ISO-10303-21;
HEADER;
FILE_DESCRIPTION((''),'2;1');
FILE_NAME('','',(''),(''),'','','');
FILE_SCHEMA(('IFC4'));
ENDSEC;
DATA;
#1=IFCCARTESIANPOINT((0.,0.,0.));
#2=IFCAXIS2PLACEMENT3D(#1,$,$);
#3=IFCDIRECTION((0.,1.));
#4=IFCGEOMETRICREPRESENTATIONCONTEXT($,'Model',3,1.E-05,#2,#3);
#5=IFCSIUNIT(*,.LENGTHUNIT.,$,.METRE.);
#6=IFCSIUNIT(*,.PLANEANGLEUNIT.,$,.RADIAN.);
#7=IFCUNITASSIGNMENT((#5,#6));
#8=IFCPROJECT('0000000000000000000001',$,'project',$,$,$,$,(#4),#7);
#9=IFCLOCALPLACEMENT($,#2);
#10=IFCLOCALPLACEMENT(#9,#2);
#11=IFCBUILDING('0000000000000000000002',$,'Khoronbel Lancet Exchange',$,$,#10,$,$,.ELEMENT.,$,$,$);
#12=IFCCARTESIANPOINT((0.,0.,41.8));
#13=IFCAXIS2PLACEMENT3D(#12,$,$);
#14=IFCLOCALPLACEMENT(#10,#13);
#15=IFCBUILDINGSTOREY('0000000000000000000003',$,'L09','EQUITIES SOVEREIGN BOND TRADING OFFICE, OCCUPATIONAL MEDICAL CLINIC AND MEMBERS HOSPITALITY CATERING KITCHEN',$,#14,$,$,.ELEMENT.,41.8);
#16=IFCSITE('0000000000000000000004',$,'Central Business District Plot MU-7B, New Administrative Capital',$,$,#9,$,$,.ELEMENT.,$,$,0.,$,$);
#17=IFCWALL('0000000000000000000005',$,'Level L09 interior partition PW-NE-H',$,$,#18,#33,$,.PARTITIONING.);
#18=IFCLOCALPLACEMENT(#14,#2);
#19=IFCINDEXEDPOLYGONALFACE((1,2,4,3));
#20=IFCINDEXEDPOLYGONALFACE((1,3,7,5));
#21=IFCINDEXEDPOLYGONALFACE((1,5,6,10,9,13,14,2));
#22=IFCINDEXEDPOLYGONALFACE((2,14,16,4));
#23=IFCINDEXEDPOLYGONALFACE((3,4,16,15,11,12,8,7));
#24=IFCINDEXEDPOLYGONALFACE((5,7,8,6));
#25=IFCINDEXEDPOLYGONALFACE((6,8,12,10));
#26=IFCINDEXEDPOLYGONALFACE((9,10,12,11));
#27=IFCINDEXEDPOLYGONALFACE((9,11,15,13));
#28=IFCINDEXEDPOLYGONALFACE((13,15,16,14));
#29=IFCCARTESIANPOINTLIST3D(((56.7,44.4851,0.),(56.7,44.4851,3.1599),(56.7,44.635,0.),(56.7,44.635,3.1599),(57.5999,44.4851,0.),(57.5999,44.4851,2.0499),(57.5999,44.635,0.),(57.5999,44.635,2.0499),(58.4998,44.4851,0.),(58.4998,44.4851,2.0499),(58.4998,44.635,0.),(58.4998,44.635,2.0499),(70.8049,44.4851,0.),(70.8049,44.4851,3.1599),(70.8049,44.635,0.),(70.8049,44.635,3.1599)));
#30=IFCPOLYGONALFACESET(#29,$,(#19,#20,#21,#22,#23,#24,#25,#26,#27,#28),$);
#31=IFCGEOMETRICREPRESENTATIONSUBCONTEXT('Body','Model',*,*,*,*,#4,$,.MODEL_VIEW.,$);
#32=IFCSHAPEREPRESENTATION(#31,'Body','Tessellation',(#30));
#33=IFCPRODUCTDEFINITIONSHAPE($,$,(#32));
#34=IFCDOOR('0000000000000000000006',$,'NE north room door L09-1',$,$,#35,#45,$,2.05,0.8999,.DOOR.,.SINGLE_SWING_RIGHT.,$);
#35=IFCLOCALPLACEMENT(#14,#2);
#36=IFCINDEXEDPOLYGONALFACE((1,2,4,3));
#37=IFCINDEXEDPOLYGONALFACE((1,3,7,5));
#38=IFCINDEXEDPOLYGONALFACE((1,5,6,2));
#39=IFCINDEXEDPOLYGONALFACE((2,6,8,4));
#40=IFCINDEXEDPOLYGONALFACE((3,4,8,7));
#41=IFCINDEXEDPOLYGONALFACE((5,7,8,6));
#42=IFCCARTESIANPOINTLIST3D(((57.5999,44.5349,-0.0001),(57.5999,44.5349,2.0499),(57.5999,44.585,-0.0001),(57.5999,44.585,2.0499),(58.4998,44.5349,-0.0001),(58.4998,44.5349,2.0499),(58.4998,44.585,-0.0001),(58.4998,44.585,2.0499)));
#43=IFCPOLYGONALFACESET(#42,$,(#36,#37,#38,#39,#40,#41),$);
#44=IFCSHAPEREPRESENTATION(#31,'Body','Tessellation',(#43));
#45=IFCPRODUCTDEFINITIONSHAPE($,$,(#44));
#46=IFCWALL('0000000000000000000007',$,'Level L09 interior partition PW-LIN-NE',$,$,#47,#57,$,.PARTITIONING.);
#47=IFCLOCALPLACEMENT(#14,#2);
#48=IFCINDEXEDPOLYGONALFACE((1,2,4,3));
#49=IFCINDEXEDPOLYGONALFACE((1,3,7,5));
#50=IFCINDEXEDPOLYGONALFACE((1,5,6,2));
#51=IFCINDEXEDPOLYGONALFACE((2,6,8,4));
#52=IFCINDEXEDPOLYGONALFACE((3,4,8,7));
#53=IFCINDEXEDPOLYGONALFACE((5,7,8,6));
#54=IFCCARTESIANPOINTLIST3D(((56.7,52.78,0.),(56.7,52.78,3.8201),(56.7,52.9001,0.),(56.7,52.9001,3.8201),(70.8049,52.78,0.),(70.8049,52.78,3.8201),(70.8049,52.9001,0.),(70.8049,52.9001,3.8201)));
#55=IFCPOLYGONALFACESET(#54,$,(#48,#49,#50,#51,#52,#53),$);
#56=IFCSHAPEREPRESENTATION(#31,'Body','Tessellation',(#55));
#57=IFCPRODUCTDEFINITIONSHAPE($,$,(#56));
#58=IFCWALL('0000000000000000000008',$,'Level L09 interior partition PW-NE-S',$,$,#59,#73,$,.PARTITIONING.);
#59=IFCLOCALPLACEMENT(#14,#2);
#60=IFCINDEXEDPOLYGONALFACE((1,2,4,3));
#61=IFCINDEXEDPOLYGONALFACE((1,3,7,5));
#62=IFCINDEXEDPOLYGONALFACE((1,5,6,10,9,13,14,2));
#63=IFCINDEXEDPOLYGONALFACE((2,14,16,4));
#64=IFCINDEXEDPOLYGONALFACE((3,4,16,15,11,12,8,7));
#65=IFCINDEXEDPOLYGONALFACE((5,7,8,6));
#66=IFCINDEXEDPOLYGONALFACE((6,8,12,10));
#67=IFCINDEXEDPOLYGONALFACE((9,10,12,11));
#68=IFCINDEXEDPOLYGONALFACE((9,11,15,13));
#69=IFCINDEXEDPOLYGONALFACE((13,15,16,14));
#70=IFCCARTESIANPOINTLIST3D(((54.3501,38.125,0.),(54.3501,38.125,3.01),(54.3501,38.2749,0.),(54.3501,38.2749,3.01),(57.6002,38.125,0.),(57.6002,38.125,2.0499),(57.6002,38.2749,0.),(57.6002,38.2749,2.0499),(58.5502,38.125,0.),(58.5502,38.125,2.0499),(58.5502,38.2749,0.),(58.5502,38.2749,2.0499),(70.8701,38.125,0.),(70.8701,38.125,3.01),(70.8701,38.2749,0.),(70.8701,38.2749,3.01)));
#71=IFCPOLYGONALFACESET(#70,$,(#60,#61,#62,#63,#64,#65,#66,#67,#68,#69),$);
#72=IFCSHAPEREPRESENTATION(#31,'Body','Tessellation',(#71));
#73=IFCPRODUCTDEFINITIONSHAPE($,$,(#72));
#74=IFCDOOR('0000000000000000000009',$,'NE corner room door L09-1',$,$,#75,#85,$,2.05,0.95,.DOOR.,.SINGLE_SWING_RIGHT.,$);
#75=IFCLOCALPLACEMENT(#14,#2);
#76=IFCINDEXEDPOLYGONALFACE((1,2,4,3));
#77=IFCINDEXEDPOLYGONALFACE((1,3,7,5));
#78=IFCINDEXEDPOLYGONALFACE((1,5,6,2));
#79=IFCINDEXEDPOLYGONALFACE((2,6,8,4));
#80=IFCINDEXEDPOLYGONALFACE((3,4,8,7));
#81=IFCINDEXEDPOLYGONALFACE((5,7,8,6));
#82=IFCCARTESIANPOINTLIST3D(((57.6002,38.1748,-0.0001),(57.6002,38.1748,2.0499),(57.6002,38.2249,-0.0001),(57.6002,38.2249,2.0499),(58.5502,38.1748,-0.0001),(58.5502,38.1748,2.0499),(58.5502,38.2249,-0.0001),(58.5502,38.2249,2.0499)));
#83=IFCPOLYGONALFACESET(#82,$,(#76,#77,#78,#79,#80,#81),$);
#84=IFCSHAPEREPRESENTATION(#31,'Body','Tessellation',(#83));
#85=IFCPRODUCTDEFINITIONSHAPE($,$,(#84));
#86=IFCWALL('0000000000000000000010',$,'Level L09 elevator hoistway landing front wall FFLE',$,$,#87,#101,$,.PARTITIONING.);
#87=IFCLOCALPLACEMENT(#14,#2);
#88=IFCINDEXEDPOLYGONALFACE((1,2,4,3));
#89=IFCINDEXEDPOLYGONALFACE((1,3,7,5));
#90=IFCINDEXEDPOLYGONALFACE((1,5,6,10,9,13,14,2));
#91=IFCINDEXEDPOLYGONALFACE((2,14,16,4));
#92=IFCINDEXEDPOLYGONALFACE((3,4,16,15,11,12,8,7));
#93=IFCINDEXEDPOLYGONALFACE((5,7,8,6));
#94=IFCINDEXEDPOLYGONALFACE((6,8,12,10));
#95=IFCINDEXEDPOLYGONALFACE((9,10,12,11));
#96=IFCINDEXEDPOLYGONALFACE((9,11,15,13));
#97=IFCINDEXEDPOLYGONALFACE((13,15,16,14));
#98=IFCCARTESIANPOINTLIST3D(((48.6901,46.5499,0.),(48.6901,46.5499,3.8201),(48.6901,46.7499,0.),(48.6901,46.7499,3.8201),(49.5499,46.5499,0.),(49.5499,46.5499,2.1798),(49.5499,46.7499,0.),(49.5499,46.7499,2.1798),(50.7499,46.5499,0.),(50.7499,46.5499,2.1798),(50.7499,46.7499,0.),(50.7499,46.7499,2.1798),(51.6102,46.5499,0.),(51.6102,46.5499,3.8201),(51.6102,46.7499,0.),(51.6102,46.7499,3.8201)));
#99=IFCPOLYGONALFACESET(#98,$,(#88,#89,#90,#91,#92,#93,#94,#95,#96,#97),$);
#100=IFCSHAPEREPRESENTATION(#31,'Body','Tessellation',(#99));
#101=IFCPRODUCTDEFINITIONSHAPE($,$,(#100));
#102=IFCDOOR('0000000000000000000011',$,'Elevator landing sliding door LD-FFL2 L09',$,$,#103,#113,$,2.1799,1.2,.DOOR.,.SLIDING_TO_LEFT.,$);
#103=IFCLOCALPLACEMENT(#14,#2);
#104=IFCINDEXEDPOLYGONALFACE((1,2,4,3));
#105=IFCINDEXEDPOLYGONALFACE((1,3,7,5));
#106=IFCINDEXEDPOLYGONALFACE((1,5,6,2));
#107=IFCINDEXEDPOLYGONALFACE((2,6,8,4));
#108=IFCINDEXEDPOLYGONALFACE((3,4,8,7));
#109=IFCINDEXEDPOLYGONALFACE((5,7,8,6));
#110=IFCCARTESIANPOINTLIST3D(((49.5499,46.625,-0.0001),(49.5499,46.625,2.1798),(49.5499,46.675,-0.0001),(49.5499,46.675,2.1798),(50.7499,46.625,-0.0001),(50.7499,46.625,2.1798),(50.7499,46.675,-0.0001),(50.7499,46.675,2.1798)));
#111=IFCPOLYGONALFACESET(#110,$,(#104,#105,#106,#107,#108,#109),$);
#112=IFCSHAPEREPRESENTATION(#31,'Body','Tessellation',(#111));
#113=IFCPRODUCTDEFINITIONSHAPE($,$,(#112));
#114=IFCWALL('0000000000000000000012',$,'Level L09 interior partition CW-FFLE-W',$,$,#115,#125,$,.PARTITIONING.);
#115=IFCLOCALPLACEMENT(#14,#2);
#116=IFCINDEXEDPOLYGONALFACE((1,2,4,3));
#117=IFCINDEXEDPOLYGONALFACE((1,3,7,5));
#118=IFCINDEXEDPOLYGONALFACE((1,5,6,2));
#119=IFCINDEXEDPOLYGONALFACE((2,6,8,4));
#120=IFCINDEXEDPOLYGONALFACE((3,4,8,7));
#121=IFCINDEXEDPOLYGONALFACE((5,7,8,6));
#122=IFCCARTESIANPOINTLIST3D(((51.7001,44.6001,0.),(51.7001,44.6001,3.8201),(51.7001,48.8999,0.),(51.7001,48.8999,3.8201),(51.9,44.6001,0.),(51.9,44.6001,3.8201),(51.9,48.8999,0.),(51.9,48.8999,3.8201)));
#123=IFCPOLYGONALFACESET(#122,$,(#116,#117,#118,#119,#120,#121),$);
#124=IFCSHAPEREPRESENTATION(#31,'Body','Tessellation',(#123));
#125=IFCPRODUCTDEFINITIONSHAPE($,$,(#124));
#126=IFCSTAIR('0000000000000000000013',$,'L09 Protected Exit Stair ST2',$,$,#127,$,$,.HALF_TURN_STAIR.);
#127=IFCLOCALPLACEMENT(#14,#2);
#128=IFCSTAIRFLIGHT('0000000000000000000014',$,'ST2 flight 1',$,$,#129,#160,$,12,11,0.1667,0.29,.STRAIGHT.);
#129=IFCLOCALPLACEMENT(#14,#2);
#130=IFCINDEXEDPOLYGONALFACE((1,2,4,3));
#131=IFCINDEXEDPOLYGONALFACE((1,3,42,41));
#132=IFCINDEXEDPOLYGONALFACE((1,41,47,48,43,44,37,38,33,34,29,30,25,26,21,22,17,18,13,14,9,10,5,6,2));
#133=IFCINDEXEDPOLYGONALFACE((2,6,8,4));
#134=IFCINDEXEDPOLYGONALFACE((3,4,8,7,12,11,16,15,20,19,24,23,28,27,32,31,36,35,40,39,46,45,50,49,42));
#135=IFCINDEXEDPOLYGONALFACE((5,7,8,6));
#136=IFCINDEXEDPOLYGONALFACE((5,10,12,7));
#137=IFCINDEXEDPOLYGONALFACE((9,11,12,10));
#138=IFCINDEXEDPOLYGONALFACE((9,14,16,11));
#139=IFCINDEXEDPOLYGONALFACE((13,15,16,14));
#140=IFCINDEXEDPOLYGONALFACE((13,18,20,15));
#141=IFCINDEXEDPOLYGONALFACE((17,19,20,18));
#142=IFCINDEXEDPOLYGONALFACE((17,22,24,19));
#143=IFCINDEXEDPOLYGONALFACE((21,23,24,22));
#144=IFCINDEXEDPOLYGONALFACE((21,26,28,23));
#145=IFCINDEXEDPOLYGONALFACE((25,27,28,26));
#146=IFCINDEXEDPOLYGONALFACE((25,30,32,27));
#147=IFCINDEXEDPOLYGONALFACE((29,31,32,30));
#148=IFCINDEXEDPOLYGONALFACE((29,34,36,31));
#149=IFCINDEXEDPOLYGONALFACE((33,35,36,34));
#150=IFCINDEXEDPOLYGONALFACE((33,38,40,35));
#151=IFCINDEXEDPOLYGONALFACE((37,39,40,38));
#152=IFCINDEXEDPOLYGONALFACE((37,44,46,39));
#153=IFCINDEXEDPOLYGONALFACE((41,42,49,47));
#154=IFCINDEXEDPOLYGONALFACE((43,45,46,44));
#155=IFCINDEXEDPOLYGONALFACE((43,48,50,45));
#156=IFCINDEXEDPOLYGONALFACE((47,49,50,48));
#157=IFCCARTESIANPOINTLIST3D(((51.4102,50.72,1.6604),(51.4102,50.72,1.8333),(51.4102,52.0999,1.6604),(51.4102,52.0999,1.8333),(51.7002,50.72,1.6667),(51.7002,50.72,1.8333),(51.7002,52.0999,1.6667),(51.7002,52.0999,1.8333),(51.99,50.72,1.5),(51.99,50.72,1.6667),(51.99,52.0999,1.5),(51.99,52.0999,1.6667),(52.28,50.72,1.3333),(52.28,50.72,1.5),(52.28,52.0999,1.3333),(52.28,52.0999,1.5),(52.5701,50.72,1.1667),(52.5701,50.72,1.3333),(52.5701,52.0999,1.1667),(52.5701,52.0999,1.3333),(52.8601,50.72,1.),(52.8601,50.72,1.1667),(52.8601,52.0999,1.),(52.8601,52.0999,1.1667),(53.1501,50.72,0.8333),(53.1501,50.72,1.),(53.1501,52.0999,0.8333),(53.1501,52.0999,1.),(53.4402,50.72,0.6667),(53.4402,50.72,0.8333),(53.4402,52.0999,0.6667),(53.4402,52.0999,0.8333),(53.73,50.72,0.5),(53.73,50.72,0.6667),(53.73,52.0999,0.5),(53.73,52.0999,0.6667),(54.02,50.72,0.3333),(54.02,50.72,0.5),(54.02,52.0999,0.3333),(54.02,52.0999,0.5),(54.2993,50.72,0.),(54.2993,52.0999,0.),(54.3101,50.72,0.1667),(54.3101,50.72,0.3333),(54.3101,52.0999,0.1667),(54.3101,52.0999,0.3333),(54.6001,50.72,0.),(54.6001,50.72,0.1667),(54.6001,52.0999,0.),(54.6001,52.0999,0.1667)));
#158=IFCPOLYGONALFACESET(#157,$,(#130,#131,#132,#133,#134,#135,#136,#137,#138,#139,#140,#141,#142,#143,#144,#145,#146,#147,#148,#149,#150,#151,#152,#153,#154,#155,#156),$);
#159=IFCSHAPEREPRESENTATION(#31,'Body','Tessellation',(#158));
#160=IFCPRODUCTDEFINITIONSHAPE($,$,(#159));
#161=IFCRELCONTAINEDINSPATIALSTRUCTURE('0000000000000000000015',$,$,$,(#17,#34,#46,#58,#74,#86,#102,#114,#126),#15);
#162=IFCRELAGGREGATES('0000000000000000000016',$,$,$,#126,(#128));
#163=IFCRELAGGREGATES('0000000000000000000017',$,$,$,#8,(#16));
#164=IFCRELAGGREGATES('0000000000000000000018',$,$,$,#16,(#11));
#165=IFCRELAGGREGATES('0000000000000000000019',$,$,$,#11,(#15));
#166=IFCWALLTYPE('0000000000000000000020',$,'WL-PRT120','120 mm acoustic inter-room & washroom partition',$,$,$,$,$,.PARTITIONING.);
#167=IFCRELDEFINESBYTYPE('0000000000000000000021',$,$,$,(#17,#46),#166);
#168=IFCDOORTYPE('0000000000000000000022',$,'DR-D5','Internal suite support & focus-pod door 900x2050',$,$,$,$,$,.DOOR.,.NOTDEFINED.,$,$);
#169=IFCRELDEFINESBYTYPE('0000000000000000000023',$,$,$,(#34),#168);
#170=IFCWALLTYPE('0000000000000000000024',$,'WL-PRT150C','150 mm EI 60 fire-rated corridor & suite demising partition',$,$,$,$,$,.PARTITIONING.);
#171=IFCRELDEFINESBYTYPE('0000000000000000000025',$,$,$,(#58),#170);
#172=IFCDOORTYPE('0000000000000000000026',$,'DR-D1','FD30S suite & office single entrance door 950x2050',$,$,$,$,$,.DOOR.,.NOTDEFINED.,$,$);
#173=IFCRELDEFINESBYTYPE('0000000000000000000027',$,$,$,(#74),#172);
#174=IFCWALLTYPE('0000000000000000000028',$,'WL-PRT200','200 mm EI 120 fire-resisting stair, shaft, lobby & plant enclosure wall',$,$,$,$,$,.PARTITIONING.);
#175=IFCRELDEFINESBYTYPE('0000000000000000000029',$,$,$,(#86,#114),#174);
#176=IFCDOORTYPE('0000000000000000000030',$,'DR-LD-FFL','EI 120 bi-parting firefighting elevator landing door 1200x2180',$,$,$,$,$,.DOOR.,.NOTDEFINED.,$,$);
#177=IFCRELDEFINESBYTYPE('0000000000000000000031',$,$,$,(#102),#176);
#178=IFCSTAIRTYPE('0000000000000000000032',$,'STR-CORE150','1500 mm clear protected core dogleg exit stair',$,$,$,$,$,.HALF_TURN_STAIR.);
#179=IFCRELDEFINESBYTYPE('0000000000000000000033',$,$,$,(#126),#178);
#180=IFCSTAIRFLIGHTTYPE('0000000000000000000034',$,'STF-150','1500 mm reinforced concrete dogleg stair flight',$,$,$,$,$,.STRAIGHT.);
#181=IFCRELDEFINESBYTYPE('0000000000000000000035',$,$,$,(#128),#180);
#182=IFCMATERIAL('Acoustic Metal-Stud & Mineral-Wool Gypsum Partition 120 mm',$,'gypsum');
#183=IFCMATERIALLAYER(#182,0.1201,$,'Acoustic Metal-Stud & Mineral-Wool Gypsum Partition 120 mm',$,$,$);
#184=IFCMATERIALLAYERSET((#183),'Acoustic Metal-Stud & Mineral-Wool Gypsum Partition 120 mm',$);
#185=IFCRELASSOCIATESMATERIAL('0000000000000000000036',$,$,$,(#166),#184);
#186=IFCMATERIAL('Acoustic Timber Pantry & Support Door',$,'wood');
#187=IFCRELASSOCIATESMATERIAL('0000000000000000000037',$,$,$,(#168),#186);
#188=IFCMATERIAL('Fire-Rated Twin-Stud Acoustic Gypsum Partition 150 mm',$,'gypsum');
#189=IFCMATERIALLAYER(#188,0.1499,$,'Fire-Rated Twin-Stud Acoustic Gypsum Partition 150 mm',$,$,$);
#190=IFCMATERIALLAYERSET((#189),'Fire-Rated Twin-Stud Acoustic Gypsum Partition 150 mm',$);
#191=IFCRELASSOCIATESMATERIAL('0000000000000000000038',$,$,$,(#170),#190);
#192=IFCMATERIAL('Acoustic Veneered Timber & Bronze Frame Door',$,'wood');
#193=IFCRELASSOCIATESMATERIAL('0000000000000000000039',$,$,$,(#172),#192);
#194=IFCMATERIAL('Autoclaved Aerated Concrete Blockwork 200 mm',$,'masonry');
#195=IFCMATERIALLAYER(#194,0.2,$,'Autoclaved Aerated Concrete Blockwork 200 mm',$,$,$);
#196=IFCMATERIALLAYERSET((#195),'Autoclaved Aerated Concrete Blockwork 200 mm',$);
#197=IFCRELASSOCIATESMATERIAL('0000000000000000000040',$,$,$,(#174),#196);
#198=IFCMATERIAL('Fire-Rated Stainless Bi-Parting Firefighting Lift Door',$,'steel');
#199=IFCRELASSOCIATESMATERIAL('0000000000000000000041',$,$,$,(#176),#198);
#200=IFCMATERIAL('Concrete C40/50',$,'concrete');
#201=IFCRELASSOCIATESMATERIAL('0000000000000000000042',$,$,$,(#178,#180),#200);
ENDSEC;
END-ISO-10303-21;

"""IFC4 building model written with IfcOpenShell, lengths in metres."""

from ifc_helpers import new_model, si_unit, direction, frame, frame_2d, origin, place, context, subcontext, project, spatial, polyline, rectangle, outline, extrude, material, layer, layer_set, type_object, element, fill, aggregate, save


model = new_model("IFC4")

# Units and contexts
model_context = context("Model", 3, precision=1e-05, world=origin(), true_north=direction((0.0, 1.0)))
body_context = subcontext(model_context, "Body", "Model", "MODEL_VIEW")
ifc_project = project(units=[si_unit("LENGTHUNIT", "METRE"), si_unit("PLANEANGLEUNIT", "RADIAN")], contexts=[model_context])

# Site, building, storey
site_placement = place(None, origin())
site = spatial("IfcSite", under=ifc_project, at=site_placement, Name="Central Business District Plot MU-7B, New Administrative Capital", CompositionType="ELEMENT", RefElevation=0.0)
building_placement = place(site_placement, origin())
building = spatial("IfcBuilding", under=site, at=building_placement, Name="Khoronbel Lancet Exchange", CompositionType="ELEMENT")
storey_placement = place(building_placement, frame((0.0, 0.0, 41.8)))
storey = spatial("IfcBuildingStorey", under=building, at=storey_placement, Name="L09", Description="EQUITIES SOVEREIGN BOND TRADING OFFICE, OCCUPATIONAL MEDICAL CLINIC AND MEMBERS HOSPITALITY CATERING KITCHEN", CompositionType="ELEMENT", Elevation=41.8)

# Shared definitions
ifc_material_1 = material(Name="Acoustic Metal-Stud & Mineral-Wool Gypsum Partition 120 mm", Category="gypsum")
ifc_layer_1 = layer(ifc_material_1, 0.1201, Name="Acoustic Metal-Stud & Mineral-Wool Gypsum Partition 120 mm")
ifc_layer_set_1 = layer_set([ifc_layer_1], Name="Acoustic Metal-Stud & Mineral-Wool Gypsum Partition 120 mm")
wall_type_1 = type_object("IfcWallType", Name="WL-PRT120", Description="120 mm acoustic inter-room & washroom partition", PredefinedType="PARTITIONING", material=ifc_layer_set_1)

# Wall, opening, door
wall_1_placement = place(storey_placement, frame((56.7, 44.5601, 0.0), z_axis=(0.0, 0.0, 1.0), x_axis=(1.0, 0.0, 0.0)))
wall_1 = element("IfcWall", 1, at=wall_1_placement, inside=storey, type_object=wall_type_1, Name="Level L09 interior partition PW-NE-H", PredefinedType="PARTITIONING", context=body_context, shape_type="SweptSolid", body=[
    extrude(rectangle(XDim=14.105, YDim=0.1499, at=frame_2d((7.0525, 0.0))), origin(), (0.0, 0.0, 1.0), 3.1599),
])
opening_1_placement = place(wall_1_placement, frame((0.8999, 0.0, 0.0)))
opening_1 = element("IfcOpeningElement", 2, at=opening_1_placement, cuts=wall_1, PredefinedType="OPENING", context=body_context, shape_type="SweptSolid", body=[
    extrude(rectangle(XDim=0.8999, YDim=2.05, at=frame_2d((0.45, 1.0249))), frame((0.0, 0.085, 0.0), z_axis=(0.0, -1.0, 0.0), x_axis=(1.0, 0.0, 0.0)), (0.0, 0.0, 1.0), 0.1699),
])
ifc_material_2 = material(Name="Acoustic Timber Pantry & Support Door", Category="wood")
door_type_1 = type_object("IfcDoorType", Name="DR-D5", Description="Internal suite support & focus-pod door 900x2050", OperationType="NOTDEFINED", PredefinedType="DOOR", material=ifc_material_2)
door_1_placement = place(opening_1_placement, origin())
door_1 = element("IfcDoor", 3, at=door_1_placement, inside=storey, type_object=door_type_1, Name="NE north room door L09-1", OperationType="SINGLE_SWING_RIGHT", OverallHeight=2.05, OverallWidth=0.8999, PredefinedType="DOOR", context=body_context, shape_type="SweptSolid", body=[
    extrude(rectangle(XDim=0.8999, YDim=2.05, at=frame_2d((0.45, 1.0249))), frame((0.0, 0.0249, 0.0), z_axis=(0.0, -1.0, 0.0), x_axis=(1.0, 0.0, 0.0)), (0.0, 0.0, 1.0), 0.05),
])
fill(opening_1, door_1)

# Wall
wall_2_placement = place(storey_placement, frame((56.7, 52.8401, 0.0), z_axis=(0.0, 0.0, 1.0), x_axis=(1.0, 0.0, 0.0)))
element("IfcWall", 4, at=wall_2_placement, inside=storey, type_object=wall_type_1, Name="Level L09 interior partition PW-LIN-NE", PredefinedType="PARTITIONING", context=body_context, shape_type="SweptSolid", body=[
    extrude(rectangle(XDim=14.105, YDim=0.1201, at=frame_2d((7.0525, 0.0))), origin(), (0.0, 0.0, 1.0), 3.8201),
])

# Walls, openings, doors
ifc_material_3 = material(Name="Fire-Rated Twin-Stud Acoustic Gypsum Partition 150 mm", Category="gypsum")
ifc_layer_2 = layer(ifc_material_3, 0.1499, Name="Fire-Rated Twin-Stud Acoustic Gypsum Partition 150 mm")
ifc_layer_set_2 = layer_set([ifc_layer_2], Name="Fire-Rated Twin-Stud Acoustic Gypsum Partition 150 mm")
wall_type_2 = type_object("IfcWallType", Name="WL-PRT150C", Description="150 mm EI 60 fire-rated corridor & suite demising partition", PredefinedType="PARTITIONING", material=ifc_layer_set_2)
wall_3_placement = place(storey_placement, frame((54.3501, 38.2, 0.0), z_axis=(0.0, 0.0, 1.0), x_axis=(1.0, 0.0, 0.0)))
wall_3 = element("IfcWall", 5, at=wall_3_placement, inside=storey, type_object=wall_type_2, Name="Level L09 interior partition PW-NE-S", PredefinedType="PARTITIONING", context=body_context, shape_type="SweptSolid", body=[
    extrude(rectangle(XDim=16.52, YDim=0.1499, at=frame_2d((8.26, 0.0))), origin(), (0.0, 0.0, 1.0), 3.01),
])
opening_2_placement = place(wall_3_placement, frame((3.25, 0.0, 0.0)))
opening_2 = element("IfcOpeningElement", 6, at=opening_2_placement, cuts=wall_3, PredefinedType="OPENING", context=body_context, shape_type="SweptSolid", body=[
    extrude(rectangle(XDim=0.95, YDim=2.05, at=frame_2d((0.4751, 1.0249))), frame((0.0, 0.085, 0.0), z_axis=(0.0, -1.0, 0.0), x_axis=(1.0, 0.0, 0.0)), (0.0, 0.0, 1.0), 0.1699),
])
ifc_material_4 = material(Name="Acoustic Veneered Timber & Bronze Frame Door", Category="wood")
door_type_2 = type_object("IfcDoorType", Name="DR-D1", Description="FD30S suite & office single entrance door 950x2050", OperationType="NOTDEFINED", PredefinedType="DOOR", material=ifc_material_4)
door_2_placement = place(opening_2_placement, origin())
door_2 = element("IfcDoor", 7, at=door_2_placement, inside=storey, type_object=door_type_2, Name="NE corner room door L09-1", OperationType="SINGLE_SWING_RIGHT", OverallHeight=2.05, OverallWidth=0.95, PredefinedType="DOOR", context=body_context, shape_type="SweptSolid", body=[
    extrude(rectangle(XDim=0.95, YDim=2.05, at=frame_2d((0.4751, 1.0249))), frame((0.0, 0.0249, 0.0), z_axis=(0.0, -1.0, 0.0), x_axis=(1.0, 0.0, 0.0)), (0.0, 0.0, 1.0), 0.05),
])
fill(opening_2, door_2)
ifc_material_5 = material(Name="Autoclaved Aerated Concrete Blockwork 200 mm", Category="masonry")
ifc_layer_3 = layer(ifc_material_5, 0.2, Name="Autoclaved Aerated Concrete Blockwork 200 mm")
ifc_layer_set_3 = layer_set([ifc_layer_3], Name="Autoclaved Aerated Concrete Blockwork 200 mm")
wall_type_3 = type_object("IfcWallType", Name="WL-PRT200", Description="200 mm EI 120 fire-resisting stair, shaft, lobby & plant enclosure wall", PredefinedType="PARTITIONING", material=ifc_layer_set_3)
wall_4_placement = place(storey_placement, frame((51.6101, 46.6499, 0.0), z_axis=(0.0, 0.0, 1.0), x_axis=(-1.0, 0.0, 0.0)))
wall_4 = element("IfcWall", 8, at=wall_4_placement, inside=storey, type_object=wall_type_3, Name="Level L09 elevator hoistway landing front wall FFLE", PredefinedType="PARTITIONING", context=body_context, shape_type="SweptSolid", body=[
    extrude(rectangle(XDim=2.9202, YDim=0.2, at=frame_2d((1.46, 0.0))), origin(), (0.0, 0.0, 1.0), 3.8201),
])
opening_3_placement = place(wall_4_placement, frame((0.8601, 0.0, 0.0)))
opening_3 = element("IfcOpeningElement", 9, at=opening_3_placement, cuts=wall_4, PredefinedType="OPENING", context=body_context, shape_type="SweptSolid", body=[
    extrude(rectangle(XDim=1.2, YDim=2.1799, at=frame_2d((0.6001, 1.0898))), frame((0.0, 0.1099, 0.0), z_axis=(0.0, -1.0, 0.0), x_axis=(1.0, 0.0, 0.0)), (0.0, 0.0, 1.0), 0.22),
])
ifc_material_6 = material(Name="Fire-Rated Stainless Bi-Parting Firefighting Lift Door", Category="steel")
door_type_3 = type_object("IfcDoorType", Name="DR-LD-FFL", Description="EI 120 bi-parting firefighting elevator landing door 1200x2180", OperationType="NOTDEFINED", PredefinedType="DOOR", material=ifc_material_6)
door_3_placement = place(opening_3_placement, origin())
door_3 = element("IfcDoor", 10, at=door_3_placement, inside=storey, type_object=door_type_3, Name="Elevator landing sliding door LD-FFL2 L09", OperationType="SLIDING_TO_LEFT", OverallHeight=2.1799, OverallWidth=1.2, PredefinedType="DOOR", context=body_context, shape_type="SweptSolid", body=[
    extrude(rectangle(XDim=1.2, YDim=2.1799, at=frame_2d((0.6001, 1.0898))), frame((0.0, 0.0249, 0.0), z_axis=(0.0, -1.0, 0.0), x_axis=(1.0, 0.0, 0.0)), (0.0, 0.0, 1.0), 0.05),
])
fill(opening_3, door_3)

# Wall
wall_5_placement = place(storey_placement, frame((51.8, 44.6001, 0.0), z_axis=(0.0, 0.0, 1.0), x_axis=(0.0, 1.0, 0.0)))
element("IfcWall", 11, at=wall_5_placement, inside=storey, type_object=wall_type_3, Name="Level L09 interior partition CW-FFLE-W", PredefinedType="PARTITIONING", context=body_context, shape_type="SweptSolid", body=[
    extrude(rectangle(XDim=4.2998, YDim=0.2, at=frame_2d((2.1499, 0.0))), origin(), (0.0, 0.0, 1.0), 3.8201),
])

# Stair, stair flight
ifc_material_7 = material(Name="Concrete C40/50", Category="concrete")
stair_type = type_object("IfcStairType", Name="STR-CORE150", Description="1500 mm clear protected core dogleg exit stair", PredefinedType="HALF_TURN_STAIR", material=ifc_material_7)
stair_placement = place(storey_placement, origin())
stair = element("IfcStair", 12, at=stair_placement, inside=storey, type_object=stair_type, Name="L09 Protected Exit Stair ST2", PredefinedType="HALF_TURN_STAIR")
stair_flight_type = type_object("IfcStairFlightType", Name="STF-150", Description="1500 mm reinforced concrete dogleg stair flight", PredefinedType="STRAIGHT", material=ifc_material_7)
stair_flight_placement = place(storey_placement, frame((54.6001, 51.4099, 0.0), z_axis=(0.0, 0.0, 1.0), x_axis=(-1.0, 0.0, 0.0)))
stair_flight = element("IfcStairFlight", 13, at=stair_flight_placement, type_object=stair_flight_type, Name="ST2 flight 1", NumberOfRisers=12, NumberOfTreads=11, PredefinedType="STRAIGHT", RiserHeight=0.1667, TreadLength=0.29, context=body_context, shape_type="SweptSolid", body=[
    extrude(outline(polyline([(0.0, 0.0), (0.0, 0.1667), (0.29, 0.1667), (0.29, 0.3333), (0.5801, 0.3333), (0.5801, 0.5), (0.8701, 0.5), (0.8701, 0.6667), (1.1599, 0.6667), (1.1599, 0.8333), (1.45, 0.8333), (1.45, 1.0), (1.74, 1.0), (1.74, 1.1667), (2.03, 1.1667), (2.03, 1.3333), (2.3201, 1.3333), (2.3201, 1.5), (2.6101, 1.5), (2.6101, 1.6667), (2.8999, 1.6667), (2.8999, 1.8333), (3.1899, 1.8333), (3.1899, 2.0), (3.1899, 1.6604), (0.3008, 0.0), (0.0, 0.0)])), frame((0.0, 0.6899, 0.0), z_axis=(0.0, -1.0, 0.0), x_axis=(1.0, 0.0, 0.0)), (0.0, 0.0, 1.0), 1.3799),
])
aggregate(stair, [stair_flight])

save(model, "model.ifc")
